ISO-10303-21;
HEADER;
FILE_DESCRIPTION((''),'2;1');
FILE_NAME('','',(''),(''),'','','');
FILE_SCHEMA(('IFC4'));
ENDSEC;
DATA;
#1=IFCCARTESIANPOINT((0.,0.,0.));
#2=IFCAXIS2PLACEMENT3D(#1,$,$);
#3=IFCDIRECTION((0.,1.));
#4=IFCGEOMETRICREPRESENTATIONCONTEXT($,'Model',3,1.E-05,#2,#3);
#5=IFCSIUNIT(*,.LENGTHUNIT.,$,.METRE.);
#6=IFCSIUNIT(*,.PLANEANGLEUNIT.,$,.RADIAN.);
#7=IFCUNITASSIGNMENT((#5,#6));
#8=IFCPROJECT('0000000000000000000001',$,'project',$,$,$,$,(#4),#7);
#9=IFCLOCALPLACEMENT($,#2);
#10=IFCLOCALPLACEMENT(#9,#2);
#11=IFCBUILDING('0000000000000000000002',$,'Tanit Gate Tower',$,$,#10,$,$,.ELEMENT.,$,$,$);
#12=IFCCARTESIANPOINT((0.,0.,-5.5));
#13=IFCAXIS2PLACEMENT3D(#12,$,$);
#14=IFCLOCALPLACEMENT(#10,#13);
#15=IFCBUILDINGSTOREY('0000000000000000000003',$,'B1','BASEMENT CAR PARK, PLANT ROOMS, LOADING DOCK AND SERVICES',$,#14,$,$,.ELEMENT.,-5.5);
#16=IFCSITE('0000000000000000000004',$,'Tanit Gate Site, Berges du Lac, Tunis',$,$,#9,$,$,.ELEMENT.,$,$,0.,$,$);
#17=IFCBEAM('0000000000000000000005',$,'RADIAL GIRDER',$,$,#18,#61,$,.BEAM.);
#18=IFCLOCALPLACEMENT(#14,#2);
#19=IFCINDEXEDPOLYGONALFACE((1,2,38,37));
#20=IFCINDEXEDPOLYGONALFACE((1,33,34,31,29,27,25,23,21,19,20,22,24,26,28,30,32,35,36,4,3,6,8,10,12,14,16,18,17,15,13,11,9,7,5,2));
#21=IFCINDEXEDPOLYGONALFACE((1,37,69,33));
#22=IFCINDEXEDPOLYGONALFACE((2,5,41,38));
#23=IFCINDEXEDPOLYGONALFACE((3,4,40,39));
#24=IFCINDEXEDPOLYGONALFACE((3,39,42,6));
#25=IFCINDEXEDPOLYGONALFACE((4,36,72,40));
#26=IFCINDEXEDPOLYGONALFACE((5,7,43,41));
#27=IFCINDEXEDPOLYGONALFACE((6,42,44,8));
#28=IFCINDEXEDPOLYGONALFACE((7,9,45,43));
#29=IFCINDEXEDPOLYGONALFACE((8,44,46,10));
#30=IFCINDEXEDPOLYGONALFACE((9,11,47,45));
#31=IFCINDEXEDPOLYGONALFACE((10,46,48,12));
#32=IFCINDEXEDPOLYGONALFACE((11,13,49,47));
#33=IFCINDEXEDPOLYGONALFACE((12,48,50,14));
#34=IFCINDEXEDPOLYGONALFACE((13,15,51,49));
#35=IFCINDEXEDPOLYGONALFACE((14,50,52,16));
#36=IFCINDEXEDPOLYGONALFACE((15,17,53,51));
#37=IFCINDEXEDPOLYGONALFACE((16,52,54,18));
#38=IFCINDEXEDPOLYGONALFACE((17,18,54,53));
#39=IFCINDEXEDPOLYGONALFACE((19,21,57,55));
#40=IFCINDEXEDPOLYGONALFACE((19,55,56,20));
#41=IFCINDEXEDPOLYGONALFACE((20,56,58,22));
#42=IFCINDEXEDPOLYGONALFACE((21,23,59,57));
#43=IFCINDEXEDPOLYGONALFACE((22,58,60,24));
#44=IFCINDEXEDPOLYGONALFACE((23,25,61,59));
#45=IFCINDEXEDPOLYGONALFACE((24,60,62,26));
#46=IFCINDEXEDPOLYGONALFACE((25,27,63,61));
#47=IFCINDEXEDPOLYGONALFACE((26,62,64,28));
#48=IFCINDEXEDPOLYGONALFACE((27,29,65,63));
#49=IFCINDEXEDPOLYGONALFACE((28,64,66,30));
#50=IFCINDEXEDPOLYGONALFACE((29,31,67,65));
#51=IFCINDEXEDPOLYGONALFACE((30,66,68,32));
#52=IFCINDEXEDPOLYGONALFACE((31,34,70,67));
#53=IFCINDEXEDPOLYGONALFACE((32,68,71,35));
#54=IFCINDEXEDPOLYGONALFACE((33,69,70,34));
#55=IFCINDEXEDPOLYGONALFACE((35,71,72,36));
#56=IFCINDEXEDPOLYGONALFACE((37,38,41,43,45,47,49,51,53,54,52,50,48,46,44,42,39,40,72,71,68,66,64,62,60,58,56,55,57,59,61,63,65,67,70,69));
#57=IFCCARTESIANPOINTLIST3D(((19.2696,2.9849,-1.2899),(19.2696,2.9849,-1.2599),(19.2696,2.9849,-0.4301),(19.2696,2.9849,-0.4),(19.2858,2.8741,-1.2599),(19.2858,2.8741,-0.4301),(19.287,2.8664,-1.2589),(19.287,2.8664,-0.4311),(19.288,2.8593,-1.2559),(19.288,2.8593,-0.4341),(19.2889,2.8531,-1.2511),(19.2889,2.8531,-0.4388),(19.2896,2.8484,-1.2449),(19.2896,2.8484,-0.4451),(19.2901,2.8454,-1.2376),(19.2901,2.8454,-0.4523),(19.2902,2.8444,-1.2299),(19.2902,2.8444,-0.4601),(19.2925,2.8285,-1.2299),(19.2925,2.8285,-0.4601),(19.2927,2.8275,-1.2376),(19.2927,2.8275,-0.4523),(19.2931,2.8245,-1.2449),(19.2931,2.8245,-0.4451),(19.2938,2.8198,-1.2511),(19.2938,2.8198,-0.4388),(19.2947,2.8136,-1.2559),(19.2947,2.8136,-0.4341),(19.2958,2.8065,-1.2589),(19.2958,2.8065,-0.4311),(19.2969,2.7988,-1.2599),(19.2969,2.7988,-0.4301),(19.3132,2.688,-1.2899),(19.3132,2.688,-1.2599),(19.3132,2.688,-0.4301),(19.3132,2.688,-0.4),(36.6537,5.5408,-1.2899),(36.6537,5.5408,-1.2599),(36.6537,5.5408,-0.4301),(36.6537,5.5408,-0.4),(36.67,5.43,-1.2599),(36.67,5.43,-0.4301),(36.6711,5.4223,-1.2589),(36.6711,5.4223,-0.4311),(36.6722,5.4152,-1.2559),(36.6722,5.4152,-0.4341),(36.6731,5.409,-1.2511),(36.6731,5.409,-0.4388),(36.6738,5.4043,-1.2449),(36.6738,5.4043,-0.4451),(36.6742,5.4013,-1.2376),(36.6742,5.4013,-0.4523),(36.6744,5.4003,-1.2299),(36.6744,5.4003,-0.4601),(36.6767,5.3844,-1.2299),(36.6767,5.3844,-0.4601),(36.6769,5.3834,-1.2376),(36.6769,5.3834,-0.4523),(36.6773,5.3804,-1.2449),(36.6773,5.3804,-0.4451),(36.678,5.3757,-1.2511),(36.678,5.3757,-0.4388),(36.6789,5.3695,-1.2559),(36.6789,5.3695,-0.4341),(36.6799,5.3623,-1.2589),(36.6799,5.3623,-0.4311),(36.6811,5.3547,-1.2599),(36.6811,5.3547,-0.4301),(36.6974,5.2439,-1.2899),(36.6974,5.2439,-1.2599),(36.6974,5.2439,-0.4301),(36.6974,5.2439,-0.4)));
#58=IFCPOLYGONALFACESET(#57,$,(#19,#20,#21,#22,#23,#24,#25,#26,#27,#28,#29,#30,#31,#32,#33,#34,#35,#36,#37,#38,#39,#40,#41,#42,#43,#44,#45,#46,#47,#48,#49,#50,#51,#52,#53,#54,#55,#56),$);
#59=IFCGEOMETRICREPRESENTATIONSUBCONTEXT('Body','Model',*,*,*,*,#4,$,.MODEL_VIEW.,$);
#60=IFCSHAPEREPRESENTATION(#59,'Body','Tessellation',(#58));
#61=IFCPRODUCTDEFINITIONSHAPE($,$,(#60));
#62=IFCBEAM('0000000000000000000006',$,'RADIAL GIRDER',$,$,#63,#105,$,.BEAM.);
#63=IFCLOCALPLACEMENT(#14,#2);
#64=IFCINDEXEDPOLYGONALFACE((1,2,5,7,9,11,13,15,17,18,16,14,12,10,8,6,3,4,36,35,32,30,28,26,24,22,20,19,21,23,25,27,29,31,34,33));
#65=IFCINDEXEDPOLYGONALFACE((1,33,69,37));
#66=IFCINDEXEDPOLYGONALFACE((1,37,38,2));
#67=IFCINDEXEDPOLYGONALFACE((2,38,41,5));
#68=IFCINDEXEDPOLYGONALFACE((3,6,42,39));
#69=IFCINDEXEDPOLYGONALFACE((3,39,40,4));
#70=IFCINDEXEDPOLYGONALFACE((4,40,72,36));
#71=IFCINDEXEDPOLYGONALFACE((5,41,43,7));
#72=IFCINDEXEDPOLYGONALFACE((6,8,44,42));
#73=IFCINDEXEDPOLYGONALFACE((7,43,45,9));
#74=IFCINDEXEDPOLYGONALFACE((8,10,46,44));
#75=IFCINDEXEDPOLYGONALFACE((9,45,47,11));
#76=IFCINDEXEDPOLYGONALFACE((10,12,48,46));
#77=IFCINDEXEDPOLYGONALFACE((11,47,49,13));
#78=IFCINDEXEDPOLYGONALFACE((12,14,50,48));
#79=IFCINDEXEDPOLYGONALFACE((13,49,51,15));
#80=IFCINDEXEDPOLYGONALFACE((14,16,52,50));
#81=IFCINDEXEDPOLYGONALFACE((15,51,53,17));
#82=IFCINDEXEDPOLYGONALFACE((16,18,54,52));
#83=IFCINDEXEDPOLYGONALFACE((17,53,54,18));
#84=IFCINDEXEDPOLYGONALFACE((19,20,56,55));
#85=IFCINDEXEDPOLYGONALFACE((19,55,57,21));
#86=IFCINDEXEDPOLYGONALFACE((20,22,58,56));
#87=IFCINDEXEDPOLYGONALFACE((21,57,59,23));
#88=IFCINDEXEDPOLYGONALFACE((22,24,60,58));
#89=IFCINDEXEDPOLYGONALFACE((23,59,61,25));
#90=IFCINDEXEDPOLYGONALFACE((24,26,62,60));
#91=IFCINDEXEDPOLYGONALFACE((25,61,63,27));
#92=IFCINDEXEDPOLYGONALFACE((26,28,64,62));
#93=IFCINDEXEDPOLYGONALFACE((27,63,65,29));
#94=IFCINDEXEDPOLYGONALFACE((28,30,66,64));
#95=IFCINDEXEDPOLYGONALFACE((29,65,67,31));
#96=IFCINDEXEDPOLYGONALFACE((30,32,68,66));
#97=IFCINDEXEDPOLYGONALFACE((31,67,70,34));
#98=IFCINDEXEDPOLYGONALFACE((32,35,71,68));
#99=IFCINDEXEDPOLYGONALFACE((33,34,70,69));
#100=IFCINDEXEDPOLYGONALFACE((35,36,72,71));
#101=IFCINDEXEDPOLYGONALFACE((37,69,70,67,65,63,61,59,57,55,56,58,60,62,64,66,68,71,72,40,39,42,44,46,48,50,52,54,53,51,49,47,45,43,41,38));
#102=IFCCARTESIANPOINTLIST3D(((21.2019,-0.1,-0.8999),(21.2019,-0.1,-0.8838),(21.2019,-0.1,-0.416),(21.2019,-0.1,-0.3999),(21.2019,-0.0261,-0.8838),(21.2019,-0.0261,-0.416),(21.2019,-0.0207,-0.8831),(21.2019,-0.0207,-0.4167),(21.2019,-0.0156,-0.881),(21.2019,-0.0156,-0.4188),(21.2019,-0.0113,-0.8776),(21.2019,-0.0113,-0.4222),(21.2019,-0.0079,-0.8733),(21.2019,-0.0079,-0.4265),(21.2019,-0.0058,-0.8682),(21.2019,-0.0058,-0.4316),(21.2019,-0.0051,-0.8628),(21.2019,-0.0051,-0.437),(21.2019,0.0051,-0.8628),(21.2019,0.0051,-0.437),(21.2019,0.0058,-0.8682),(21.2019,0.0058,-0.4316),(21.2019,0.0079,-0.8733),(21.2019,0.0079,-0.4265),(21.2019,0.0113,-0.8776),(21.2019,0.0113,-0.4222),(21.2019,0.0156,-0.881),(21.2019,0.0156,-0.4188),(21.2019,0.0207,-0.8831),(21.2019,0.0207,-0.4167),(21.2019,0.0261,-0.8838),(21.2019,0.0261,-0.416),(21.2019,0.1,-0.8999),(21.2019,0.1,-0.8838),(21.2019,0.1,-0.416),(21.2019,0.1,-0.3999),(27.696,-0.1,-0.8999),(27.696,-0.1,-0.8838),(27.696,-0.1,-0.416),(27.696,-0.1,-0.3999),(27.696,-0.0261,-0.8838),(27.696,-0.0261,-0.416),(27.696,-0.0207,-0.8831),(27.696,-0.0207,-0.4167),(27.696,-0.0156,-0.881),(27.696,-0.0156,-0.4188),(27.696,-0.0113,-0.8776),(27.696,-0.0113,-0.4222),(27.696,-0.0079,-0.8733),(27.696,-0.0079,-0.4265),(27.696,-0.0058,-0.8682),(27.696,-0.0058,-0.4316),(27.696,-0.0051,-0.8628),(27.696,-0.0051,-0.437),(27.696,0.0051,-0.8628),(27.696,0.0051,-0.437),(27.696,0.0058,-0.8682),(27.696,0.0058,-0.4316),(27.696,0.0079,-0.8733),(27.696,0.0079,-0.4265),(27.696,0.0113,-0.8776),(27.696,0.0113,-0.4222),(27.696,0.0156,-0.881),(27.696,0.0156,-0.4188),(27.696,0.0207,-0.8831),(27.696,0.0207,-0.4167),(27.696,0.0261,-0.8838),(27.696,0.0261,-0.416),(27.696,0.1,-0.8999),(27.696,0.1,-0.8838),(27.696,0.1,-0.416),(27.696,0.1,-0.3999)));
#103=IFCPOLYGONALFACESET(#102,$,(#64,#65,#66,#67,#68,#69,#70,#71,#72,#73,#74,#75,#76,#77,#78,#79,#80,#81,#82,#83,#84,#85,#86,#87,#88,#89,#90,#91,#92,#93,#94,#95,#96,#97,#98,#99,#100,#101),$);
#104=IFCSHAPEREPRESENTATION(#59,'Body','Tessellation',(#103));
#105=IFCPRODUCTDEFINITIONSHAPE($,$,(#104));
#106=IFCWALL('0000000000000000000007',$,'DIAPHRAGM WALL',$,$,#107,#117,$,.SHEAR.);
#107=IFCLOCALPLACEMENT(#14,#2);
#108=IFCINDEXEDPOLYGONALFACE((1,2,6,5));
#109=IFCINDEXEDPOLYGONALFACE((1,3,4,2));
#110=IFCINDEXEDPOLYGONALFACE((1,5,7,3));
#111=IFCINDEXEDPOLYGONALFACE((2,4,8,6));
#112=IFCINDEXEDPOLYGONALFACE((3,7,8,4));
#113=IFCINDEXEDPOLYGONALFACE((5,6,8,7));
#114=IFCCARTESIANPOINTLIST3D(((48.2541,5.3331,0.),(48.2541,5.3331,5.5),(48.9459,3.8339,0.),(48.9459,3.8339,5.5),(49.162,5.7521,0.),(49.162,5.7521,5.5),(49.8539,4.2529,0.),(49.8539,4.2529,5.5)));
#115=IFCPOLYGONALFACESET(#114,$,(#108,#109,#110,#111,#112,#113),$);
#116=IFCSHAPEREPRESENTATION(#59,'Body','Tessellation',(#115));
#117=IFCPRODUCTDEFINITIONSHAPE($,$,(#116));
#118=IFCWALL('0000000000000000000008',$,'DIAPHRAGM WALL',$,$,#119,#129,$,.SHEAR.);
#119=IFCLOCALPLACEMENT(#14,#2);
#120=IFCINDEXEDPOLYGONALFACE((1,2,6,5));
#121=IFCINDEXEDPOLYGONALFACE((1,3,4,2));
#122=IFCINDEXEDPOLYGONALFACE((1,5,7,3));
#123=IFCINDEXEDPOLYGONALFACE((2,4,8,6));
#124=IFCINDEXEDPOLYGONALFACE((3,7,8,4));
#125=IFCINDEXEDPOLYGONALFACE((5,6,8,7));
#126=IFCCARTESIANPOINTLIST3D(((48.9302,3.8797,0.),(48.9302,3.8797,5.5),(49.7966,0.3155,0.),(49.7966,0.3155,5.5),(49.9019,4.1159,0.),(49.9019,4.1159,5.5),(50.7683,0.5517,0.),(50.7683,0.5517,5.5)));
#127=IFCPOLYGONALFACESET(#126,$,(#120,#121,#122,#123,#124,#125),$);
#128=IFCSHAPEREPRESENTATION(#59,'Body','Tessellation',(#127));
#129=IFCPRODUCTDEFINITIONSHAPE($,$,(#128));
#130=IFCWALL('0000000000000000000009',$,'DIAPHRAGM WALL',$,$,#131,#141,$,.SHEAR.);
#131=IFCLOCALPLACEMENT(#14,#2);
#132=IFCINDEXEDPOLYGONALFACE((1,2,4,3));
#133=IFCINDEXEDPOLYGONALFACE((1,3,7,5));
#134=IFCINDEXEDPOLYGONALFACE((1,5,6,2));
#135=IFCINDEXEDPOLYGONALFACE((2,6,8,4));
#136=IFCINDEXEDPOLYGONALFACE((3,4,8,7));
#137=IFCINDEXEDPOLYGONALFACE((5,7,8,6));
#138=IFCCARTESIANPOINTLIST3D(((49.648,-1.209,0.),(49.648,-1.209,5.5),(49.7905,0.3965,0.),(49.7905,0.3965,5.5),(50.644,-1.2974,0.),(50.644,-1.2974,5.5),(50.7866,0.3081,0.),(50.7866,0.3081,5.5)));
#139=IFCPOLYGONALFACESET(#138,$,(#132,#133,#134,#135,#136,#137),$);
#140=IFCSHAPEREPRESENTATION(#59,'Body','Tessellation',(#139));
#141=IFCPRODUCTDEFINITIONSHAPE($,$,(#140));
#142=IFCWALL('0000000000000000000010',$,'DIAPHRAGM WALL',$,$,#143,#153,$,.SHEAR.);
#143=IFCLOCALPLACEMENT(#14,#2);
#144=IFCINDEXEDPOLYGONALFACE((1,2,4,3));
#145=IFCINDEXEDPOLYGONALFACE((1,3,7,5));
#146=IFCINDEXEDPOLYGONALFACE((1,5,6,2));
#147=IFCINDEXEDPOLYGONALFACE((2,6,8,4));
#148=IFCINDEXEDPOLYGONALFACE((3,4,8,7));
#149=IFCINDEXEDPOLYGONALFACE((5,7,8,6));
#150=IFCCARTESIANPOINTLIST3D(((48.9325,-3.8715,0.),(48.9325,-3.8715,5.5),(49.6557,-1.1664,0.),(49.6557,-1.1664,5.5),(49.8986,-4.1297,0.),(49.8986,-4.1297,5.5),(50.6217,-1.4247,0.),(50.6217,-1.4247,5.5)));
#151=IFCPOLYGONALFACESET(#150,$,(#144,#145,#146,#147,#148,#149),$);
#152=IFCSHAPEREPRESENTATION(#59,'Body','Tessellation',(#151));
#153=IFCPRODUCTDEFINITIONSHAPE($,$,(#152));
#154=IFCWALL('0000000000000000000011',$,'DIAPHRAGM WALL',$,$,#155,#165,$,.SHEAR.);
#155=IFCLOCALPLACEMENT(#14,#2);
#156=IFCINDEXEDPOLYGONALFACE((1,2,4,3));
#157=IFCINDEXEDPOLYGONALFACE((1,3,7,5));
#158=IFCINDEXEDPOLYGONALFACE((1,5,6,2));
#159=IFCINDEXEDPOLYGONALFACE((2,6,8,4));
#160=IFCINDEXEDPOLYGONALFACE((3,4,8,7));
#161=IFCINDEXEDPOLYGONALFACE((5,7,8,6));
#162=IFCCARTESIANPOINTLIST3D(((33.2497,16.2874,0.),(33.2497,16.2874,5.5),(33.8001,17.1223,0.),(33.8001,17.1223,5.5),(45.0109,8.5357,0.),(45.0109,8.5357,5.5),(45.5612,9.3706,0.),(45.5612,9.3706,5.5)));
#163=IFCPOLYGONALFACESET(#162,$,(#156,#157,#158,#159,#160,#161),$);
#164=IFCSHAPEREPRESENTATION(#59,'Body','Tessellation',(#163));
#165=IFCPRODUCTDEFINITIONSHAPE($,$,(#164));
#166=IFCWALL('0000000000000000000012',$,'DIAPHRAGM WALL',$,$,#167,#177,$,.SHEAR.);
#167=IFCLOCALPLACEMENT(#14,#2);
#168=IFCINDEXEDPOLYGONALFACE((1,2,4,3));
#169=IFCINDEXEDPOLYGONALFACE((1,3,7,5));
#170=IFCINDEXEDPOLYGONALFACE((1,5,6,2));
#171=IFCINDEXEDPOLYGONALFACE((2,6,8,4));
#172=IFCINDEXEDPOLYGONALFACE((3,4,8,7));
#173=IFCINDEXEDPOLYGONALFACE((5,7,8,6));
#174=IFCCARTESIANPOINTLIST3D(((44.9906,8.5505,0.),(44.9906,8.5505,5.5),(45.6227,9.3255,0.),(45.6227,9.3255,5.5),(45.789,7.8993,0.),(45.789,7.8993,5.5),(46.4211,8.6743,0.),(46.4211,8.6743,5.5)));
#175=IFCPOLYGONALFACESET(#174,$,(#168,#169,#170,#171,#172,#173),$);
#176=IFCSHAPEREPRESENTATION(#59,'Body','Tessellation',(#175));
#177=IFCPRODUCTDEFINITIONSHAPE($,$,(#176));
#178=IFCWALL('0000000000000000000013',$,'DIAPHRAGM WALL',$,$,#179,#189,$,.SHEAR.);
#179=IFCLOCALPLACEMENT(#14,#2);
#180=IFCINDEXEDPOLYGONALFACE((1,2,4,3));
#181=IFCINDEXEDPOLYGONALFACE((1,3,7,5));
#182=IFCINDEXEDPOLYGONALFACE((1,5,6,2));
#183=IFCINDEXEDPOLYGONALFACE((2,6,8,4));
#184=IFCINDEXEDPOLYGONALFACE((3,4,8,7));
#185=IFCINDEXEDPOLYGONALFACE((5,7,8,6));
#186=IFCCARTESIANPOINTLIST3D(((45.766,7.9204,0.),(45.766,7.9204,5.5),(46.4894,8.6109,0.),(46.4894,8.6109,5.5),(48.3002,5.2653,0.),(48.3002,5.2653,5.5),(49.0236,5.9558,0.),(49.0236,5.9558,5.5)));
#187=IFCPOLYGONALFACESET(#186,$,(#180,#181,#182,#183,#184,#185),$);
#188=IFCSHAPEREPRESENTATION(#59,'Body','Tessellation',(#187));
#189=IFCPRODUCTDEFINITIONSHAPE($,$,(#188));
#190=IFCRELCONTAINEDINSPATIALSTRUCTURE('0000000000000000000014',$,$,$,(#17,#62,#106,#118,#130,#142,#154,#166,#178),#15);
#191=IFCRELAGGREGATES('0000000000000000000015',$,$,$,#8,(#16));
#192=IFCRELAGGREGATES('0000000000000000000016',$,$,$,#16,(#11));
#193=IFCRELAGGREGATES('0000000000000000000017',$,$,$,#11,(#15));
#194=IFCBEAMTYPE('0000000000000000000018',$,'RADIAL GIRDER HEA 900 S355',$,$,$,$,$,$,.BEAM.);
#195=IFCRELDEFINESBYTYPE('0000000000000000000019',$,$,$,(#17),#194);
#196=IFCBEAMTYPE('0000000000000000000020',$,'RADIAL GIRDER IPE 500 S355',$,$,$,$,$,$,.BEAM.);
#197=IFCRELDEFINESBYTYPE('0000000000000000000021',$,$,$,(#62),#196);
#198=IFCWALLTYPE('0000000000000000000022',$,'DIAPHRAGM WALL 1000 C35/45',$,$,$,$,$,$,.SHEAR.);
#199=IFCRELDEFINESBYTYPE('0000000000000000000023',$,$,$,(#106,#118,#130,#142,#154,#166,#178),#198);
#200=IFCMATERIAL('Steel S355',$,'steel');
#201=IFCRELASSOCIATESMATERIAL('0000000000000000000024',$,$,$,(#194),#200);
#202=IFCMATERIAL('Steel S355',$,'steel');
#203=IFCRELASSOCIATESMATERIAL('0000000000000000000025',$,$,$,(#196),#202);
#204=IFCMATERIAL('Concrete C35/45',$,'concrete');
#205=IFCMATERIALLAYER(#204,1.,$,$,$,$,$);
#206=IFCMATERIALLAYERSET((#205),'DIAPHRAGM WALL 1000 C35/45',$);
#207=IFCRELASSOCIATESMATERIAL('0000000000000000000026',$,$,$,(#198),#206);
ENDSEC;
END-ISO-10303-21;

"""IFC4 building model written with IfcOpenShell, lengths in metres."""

from ifc_helpers import new_model, si_unit, direction, frame, frame_2d, origin, origin_2d, place, context, subcontext, project, spatial, rectangle, i_section, extrude, material, layer, layer_set, material_profile, profile_set, type_object, element, save


model = new_model("IFC4")

# Units and contexts
model_context = context("Model", 3, precision=1e-05, world=origin(), true_north=direction((0.0, 1.0)))
body_context = subcontext(model_context, "Body", "Model", "MODEL_VIEW")
ifc_project = project(units=[si_unit("LENGTHUNIT", "METRE"), si_unit("PLANEANGLEUNIT", "RADIAN")], contexts=[model_context])

# Site, building, storey
site_placement = place(None, origin())
site = spatial("IfcSite", under=ifc_project, at=site_placement, Name="Tanit Gate Site, Berges du Lac, Tunis", CompositionType="ELEMENT", RefElevation=0.0)
building_placement = place(site_placement, origin())
building = spatial("IfcBuilding", under=site, at=building_placement, Name="Tanit Gate Tower", CompositionType="ELEMENT")
storey_placement = place(building_placement, frame((0.0, 0.0, -5.5)))
storey = spatial("IfcBuildingStorey", under=building, at=storey_placement, Name="B1", Description="BASEMENT CAR PARK, PLANT ROOMS, LOADING DOCK AND SERVICES", CompositionType="ELEMENT", Elevation=-5.5)

# Beams
ifc_material_1 = material(Name="Steel S355", Category="steel")
ifc_material_profile_1 = material_profile(ifc_material_1, i_section(OverallWidth=0.3, OverallDepth=0.8899, WebThickness=0.0161, FlangeThickness=0.03, FilletRadius=0.03, at=origin_2d()), Name="HEA 900")
ifc_profile_set_1 = profile_set([ifc_material_profile_1], Name="Steel S355")
beam_type_1 = type_object("IfcBeamType", Name="RADIAL GIRDER HEA 900 S355", PredefinedType="BEAM", material=ifc_profile_set_1)
beam_1_placement = place(storey_placement, frame((36.6755, 5.3923, -0.845), z_axis=(-0.989364, -0.14546, 0.0), x_axis=(0.14546, -0.989364, 0.0)))
element("IfcBeam", 1, at=beam_1_placement, inside=storey, type_object=beam_type_1, Name="RADIAL GIRDER", PredefinedType="BEAM", context=body_context, shape_type="SweptSolid", body=[
    extrude(i_section(OverallWidth=0.3, OverallDepth=0.8899, WebThickness=0.0161, FlangeThickness=0.03, FilletRadius=0.03, at=origin_2d()), origin(), (0.0, 0.0, 1.0), 17.571),
])
ifc_material_2 = material(Name="Steel S355", Category="steel")
ifc_material_profile_2 = material_profile(ifc_material_2, i_section(OverallWidth=0.2, OverallDepth=0.5, WebThickness=0.0103, FlangeThickness=0.0161, FilletRadius=0.021, at=origin_2d()), Name="IPE 500")
ifc_profile_set_2 = profile_set([ifc_material_profile_2], Name="Steel S355")
beam_type_2 = type_object("IfcBeamType", Name="RADIAL GIRDER IPE 500 S355", PredefinedType="BEAM", material=ifc_profile_set_2)
beam_2_placement = place(storey_placement, frame((27.696, 0.0, -0.6499), z_axis=(-1.0, 0.0, 0.0), x_axis=(0.0, -1.0, 0.0)))
element("IfcBeam", 2, at=beam_2_placement, inside=storey, type_object=beam_type_2, Name="RADIAL GIRDER", PredefinedType="BEAM", context=body_context, shape_type="SweptSolid", body=[
    extrude(i_section(OverallWidth=0.2, OverallDepth=0.5, WebThickness=0.0103, FlangeThickness=0.0161, FilletRadius=0.021, at=origin_2d()), origin(), (0.0, 0.0, 1.0), 6.4941),
])

# Walls
ifc_material_3 = material(Name="Concrete C35/45", Category="concrete")
ifc_layer_1 = layer(ifc_material_3, 1.0)
ifc_layer_set_1 = layer_set([ifc_layer_1], Name="DIAPHRAGM WALL 1000 C35/45")
wall_type_1 = type_object("IfcWallType", Name="DIAPHRAGM WALL 1000 C35/45", PredefinedType="SHEAR", material=ifc_layer_set_1)
wall_1_placement = place(storey_placement, frame((48.708, 5.5427, 0.0), z_axis=(0.0, 0.0, 1.0), x_axis=(0.419021, -0.907977, 0.0)))
element("IfcWall", 3, at=wall_1_placement, inside=storey, type_object=wall_type_1, Name="DIAPHRAGM WALL", PredefinedType="SHEAR", context=body_context, shape_type="SweptSolid", body=[
    extrude(rectangle(XDim=1.6511, YDim=1.0, at=frame_2d((0.8257, 0.0))), origin(), (0.0, 0.0, 1.0), 5.5),
])
wall_2_placement = place(storey_placement, frame((49.416, 3.9978, 0.0), z_axis=(0.0, 0.0, 1.0), x_axis=(0.236219, -0.9717, 0.0)))
element("IfcWall", 4, at=wall_2_placement, inside=storey, type_object=wall_type_1, Name="DIAPHRAGM WALL", PredefinedType="SHEAR", context=body_context, shape_type="SweptSolid", body=[
    extrude(rectangle(XDim=3.668, YDim=1.0, at=frame_2d((1.834, 0.0))), origin(), (0.0, 0.0, 1.0), 5.5),
])
wall_3_placement = place(storey_placement, frame((50.2886, 0.3523, 0.0), z_axis=(0.0, 0.0, 1.0), x_axis=(-0.08846, -0.99608, 0.0)))
element("IfcWall", 5, at=wall_3_placement, inside=storey, type_object=wall_type_1, Name="DIAPHRAGM WALL", PredefinedType="SHEAR", context=body_context, shape_type="SweptSolid", body=[
    extrude(rectangle(XDim=1.6118, YDim=1.0, at=frame_2d((0.8059, 0.0))), origin(), (0.0, 0.0, 1.0), 5.5),
])
wall_4_placement = place(storey_placement, frame((50.1387, -1.2957, 0.0), z_axis=(0.0, 0.0, 1.0), x_axis=(-0.25826, -0.966076, 0.0)))
element("IfcWall", 6, at=wall_4_placement, inside=storey, type_object=wall_type_1, Name="DIAPHRAGM WALL", PredefinedType="SHEAR", context=body_context, shape_type="SweptSolid", body=[
    extrude(rectangle(XDim=2.8, YDim=1.0, at=frame_2d((1.3999, 0.0))), origin(), (0.0, 0.0, 1.0), 5.5),
])
wall_5_placement = place(storey_placement, frame((33.5249, 16.7048, 0.0), z_axis=(0.0, 0.0, 1.0), x_axis=(0.834959, -0.550313, 0.0)))
element("IfcWall", 7, at=wall_5_placement, inside=storey, type_object=wall_type_1, Name="DIAPHRAGM WALL", PredefinedType="SHEAR", context=body_context, shape_type="SweptSolid", body=[
    extrude(rectangle(XDim=14.0859, YDim=1.0, at=frame_2d((7.043, 0.0))), origin(), (0.0, 0.0, 1.0), 5.5),
])
wall_6_placement = place(storey_placement, frame((45.3066, 8.938, 0.0), z_axis=(0.0, 0.0, 1.0), x_axis=(0.774938, -0.632037, 0.0)))
element("IfcWall", 8, at=wall_6_placement, inside=storey, type_object=wall_type_1, Name="DIAPHRAGM WALL", PredefinedType="SHEAR", context=body_context, shape_type="SweptSolid", body=[
    extrude(rectangle(XDim=1.0303, YDim=1.0, at=frame_2d((0.5151, 0.0))), origin(), (0.0, 0.0, 1.0), 5.5),
])
wall_7_placement = place(storey_placement, frame((46.1277, 8.2656, 0.0), z_axis=(0.0, 0.0, 1.0), x_axis=(0.690452, -0.723378, 0.0)))
element("IfcWall", 9, at=wall_7_placement, inside=storey, type_object=wall_type_1, Name="DIAPHRAGM WALL", PredefinedType="SHEAR", context=body_context, shape_type="SweptSolid", body=[
    extrude(rectangle(XDim=3.6704, YDim=1.0, at=frame_2d((1.8352, 0.0))), origin(), (0.0, 0.0, 1.0), 5.5),
])

save(model, "model.ifc")
